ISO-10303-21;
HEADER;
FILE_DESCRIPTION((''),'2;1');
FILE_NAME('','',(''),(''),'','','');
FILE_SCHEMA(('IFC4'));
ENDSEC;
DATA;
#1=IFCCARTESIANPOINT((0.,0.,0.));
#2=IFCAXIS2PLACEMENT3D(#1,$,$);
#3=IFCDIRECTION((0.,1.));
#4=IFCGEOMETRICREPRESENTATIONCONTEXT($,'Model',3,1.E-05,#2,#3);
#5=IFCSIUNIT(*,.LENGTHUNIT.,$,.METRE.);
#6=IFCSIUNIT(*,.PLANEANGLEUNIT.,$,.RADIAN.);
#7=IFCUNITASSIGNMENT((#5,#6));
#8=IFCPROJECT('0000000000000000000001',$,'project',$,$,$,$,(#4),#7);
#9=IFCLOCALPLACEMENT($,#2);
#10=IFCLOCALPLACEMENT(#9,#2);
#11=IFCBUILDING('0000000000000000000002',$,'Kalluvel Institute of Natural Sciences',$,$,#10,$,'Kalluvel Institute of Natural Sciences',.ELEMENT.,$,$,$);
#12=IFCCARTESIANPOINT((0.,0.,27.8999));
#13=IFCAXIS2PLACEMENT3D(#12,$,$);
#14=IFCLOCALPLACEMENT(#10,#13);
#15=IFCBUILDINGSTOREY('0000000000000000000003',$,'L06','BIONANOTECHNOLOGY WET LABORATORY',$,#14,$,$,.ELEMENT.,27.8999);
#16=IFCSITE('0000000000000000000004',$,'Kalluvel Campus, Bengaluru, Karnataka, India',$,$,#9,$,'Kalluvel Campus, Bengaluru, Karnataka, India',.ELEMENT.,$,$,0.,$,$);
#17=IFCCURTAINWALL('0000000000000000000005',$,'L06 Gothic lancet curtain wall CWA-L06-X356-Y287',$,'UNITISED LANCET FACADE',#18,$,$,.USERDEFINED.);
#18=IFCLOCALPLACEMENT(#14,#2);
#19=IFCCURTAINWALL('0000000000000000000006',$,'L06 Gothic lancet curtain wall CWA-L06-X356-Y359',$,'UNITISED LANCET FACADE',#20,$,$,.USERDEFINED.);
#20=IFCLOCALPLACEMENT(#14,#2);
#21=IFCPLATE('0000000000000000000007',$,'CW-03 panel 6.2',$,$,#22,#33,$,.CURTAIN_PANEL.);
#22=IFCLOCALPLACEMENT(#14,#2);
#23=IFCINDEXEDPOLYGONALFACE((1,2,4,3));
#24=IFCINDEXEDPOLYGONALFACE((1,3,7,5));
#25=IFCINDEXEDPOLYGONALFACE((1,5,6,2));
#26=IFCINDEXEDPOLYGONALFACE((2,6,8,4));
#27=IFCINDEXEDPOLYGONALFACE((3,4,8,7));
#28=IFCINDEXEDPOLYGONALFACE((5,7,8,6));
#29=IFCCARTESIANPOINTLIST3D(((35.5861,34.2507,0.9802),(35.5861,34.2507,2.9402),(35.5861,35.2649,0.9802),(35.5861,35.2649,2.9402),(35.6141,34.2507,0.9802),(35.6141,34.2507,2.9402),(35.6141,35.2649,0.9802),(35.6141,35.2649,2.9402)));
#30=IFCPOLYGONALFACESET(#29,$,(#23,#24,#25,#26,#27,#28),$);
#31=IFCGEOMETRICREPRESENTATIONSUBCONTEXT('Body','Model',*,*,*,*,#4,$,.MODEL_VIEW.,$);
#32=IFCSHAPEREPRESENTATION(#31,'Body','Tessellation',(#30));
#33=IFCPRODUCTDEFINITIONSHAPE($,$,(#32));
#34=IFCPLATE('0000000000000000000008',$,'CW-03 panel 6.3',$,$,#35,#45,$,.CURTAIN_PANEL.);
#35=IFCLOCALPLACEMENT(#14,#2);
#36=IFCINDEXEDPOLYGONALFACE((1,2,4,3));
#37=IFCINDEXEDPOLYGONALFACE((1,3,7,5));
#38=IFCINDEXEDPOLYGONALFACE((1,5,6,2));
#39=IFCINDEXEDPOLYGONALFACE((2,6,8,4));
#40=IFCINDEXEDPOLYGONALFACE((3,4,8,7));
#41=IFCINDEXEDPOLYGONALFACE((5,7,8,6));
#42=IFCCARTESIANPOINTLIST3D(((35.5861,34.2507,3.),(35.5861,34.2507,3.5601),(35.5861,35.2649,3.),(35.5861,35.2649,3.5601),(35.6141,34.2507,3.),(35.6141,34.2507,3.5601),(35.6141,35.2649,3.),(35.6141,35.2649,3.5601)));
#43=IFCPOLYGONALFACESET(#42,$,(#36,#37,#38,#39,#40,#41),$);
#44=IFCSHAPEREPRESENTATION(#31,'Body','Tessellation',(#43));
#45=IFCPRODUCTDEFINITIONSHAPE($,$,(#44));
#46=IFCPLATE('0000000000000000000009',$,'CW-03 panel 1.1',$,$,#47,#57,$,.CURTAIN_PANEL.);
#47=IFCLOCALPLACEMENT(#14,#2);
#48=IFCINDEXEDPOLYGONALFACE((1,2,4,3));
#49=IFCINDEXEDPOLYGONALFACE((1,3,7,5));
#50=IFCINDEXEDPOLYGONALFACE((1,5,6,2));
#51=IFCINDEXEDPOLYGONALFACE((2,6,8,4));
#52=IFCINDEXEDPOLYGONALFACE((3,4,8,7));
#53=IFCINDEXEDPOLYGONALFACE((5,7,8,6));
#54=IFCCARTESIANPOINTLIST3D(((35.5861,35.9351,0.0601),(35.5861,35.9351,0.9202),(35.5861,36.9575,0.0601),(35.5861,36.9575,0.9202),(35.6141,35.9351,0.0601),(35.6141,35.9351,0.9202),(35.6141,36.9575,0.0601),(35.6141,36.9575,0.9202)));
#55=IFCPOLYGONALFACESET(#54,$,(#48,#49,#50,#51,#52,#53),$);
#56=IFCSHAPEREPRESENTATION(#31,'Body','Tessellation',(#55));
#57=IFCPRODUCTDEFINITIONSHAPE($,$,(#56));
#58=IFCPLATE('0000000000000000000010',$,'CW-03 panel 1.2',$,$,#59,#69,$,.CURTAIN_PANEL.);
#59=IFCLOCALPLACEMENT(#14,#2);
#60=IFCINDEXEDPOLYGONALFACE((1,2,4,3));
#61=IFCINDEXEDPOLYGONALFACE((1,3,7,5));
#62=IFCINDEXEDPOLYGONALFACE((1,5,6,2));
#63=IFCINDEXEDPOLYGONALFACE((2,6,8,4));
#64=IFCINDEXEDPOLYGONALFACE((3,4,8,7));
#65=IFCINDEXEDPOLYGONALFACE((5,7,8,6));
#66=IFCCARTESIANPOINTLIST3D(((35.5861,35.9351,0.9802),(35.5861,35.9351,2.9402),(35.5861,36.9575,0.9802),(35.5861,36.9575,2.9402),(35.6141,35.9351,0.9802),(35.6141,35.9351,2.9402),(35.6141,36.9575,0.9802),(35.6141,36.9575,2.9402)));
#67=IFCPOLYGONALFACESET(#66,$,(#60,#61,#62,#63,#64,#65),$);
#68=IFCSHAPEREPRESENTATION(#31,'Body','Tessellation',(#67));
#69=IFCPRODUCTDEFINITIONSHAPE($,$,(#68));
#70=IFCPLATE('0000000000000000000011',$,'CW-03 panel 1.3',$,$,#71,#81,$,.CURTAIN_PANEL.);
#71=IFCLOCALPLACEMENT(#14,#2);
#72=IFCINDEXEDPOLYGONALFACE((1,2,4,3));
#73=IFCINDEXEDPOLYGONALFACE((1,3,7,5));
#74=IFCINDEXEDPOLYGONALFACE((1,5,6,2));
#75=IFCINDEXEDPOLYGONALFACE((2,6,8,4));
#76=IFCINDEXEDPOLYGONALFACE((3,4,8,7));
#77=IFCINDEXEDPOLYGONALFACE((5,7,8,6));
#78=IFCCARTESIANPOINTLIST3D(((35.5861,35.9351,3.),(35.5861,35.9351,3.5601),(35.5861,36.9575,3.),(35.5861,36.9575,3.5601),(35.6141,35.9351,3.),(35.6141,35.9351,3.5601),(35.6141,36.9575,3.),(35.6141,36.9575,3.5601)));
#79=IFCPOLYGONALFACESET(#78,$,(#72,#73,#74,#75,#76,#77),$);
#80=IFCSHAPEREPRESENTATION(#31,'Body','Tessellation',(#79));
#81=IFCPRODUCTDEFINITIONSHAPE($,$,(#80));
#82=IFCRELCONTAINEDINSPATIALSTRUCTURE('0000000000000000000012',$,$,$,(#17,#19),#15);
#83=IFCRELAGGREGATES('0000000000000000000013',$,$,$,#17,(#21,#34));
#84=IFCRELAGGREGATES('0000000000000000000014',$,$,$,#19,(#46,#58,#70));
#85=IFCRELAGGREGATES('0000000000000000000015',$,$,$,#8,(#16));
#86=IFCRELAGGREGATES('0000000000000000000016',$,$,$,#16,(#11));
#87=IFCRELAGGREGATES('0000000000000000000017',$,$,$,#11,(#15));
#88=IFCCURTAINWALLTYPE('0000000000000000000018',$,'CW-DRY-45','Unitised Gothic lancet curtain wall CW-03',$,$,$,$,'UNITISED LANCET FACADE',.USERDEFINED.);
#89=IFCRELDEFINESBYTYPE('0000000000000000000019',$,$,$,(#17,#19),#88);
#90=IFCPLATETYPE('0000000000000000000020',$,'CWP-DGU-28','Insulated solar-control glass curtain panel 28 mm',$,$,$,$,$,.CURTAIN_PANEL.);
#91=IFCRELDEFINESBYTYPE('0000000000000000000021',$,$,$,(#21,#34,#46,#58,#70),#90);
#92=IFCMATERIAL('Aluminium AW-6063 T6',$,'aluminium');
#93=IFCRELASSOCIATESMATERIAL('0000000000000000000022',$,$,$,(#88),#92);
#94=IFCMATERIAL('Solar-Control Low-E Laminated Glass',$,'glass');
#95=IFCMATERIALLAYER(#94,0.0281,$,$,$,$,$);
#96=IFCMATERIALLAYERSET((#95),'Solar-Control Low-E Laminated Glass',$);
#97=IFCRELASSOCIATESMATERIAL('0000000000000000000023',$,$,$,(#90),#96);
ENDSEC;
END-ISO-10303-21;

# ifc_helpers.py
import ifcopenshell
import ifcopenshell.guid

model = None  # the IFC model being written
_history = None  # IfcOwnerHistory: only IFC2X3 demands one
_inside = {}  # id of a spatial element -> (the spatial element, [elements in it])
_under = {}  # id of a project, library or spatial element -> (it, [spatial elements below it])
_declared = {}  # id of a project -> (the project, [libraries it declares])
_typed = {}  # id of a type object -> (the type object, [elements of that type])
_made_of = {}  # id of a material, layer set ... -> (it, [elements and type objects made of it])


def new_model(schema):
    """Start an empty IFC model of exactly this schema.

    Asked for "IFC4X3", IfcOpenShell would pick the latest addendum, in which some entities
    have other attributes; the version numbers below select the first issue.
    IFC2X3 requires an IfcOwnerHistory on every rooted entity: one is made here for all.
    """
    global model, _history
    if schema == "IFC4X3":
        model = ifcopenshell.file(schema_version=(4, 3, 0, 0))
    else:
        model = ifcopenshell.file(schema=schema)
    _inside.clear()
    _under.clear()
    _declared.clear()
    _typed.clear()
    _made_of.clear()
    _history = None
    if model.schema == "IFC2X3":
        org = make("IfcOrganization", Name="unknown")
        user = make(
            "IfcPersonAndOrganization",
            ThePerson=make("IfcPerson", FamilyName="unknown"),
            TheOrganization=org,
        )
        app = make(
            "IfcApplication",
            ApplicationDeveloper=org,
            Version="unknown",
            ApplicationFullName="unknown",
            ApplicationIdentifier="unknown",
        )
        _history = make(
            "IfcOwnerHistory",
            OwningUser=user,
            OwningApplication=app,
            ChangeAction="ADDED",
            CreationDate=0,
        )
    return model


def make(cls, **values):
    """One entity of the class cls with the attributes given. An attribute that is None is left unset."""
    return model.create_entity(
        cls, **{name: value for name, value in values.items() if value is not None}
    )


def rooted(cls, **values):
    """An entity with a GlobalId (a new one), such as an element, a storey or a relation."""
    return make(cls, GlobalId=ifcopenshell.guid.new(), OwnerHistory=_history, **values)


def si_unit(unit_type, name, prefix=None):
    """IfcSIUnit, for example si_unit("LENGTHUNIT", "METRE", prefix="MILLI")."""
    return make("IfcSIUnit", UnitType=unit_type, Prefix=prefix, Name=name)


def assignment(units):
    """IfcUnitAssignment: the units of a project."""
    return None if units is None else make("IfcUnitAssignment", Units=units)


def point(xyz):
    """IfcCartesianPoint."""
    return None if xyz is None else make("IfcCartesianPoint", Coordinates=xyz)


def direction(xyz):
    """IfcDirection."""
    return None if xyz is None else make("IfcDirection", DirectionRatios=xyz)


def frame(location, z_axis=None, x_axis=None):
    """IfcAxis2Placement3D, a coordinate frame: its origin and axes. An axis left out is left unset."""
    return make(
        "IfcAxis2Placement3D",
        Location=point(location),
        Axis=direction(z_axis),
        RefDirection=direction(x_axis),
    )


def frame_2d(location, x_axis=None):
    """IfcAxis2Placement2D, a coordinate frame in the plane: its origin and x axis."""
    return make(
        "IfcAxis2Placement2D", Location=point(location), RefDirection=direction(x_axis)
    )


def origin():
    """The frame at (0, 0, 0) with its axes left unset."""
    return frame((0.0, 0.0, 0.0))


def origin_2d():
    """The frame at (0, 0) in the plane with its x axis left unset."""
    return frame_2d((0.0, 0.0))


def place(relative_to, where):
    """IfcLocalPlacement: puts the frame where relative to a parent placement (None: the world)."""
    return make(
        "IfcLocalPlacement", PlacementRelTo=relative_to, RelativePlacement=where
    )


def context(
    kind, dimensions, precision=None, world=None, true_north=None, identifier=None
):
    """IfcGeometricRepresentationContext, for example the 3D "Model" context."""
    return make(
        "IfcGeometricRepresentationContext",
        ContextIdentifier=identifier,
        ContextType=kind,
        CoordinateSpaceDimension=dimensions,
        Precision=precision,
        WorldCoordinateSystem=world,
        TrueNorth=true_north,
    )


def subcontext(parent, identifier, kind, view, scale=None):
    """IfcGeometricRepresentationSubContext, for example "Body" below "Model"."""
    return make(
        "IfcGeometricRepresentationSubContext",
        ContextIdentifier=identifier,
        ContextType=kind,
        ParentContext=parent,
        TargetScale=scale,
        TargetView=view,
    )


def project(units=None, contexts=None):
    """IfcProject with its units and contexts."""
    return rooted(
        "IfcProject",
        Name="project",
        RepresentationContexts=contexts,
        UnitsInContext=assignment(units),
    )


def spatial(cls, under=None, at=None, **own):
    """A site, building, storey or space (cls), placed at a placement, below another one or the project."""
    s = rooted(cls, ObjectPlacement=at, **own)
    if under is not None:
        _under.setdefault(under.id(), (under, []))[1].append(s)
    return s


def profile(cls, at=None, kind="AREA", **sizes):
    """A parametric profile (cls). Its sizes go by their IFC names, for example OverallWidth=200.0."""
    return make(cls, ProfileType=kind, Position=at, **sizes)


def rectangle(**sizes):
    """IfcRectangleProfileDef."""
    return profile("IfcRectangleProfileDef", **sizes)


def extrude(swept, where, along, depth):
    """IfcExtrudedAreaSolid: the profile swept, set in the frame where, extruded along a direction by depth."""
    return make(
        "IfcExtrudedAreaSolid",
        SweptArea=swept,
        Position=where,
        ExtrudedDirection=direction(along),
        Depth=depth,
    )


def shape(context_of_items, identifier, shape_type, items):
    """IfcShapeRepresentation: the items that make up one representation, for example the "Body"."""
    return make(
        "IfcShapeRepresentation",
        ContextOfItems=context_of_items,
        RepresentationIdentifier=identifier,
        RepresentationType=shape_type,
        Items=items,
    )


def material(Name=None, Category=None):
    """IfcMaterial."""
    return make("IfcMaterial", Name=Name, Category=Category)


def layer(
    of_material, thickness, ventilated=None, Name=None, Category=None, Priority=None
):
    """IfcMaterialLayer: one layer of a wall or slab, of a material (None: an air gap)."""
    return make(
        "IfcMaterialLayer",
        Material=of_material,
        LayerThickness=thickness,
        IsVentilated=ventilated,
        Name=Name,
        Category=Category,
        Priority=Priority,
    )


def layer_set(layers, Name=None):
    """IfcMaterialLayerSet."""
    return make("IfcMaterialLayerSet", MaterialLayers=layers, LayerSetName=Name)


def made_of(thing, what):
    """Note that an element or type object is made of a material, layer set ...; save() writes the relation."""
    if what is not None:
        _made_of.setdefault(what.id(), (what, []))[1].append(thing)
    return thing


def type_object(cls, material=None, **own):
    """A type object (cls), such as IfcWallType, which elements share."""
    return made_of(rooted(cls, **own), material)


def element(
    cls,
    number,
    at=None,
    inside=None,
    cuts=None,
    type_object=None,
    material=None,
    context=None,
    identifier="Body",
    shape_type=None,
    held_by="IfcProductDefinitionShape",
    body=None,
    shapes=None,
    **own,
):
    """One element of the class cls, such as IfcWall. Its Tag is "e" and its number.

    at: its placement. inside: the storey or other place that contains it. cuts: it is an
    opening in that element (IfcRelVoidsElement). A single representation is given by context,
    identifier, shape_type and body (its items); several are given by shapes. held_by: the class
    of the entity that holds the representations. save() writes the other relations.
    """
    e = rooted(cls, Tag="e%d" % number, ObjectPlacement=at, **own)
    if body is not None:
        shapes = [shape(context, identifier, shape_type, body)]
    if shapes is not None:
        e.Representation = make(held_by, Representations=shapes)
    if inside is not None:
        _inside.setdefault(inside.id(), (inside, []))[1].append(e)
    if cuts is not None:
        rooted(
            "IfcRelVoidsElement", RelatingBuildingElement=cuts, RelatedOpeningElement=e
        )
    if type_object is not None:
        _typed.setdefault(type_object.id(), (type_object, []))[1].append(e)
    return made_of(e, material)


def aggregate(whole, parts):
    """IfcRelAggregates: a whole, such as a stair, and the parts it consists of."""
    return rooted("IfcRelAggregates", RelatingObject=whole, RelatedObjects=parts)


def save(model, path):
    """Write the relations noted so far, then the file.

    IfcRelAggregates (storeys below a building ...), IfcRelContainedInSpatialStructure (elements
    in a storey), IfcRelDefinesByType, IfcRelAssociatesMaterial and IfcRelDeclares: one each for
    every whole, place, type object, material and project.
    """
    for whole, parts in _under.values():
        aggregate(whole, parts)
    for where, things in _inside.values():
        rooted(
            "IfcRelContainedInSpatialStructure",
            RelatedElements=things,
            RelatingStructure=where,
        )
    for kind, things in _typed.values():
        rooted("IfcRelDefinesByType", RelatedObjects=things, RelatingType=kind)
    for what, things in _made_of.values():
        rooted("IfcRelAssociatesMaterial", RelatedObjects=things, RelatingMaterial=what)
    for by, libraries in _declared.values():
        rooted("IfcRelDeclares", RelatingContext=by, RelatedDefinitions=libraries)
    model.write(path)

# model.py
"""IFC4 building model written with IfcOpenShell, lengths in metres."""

from ifc_helpers import new_model, si_unit, direction, frame, origin, origin_2d, place, context, subcontext, project, spatial, rectangle, extrude, material, layer, layer_set, type_object, element, aggregate, save


model = new_model("IFC4")

# Units and contexts
model_context = context("Model", 3, precision=1e-05, world=origin(), true_north=direction((0.0, 1.0)))
body_context = subcontext(model_context, "Body", "Model", "MODEL_VIEW")
ifc_project = project(units=[si_unit("LENGTHUNIT", "METRE"), si_unit("PLANEANGLEUNIT", "RADIAN")], contexts=[model_context])

# Site, building, storey
site_placement = place(None, origin())
site = spatial("IfcSite", under=ifc_project, at=site_placement, Name="Kalluvel Campus, Bengaluru, Karnataka, India", LongName="Kalluvel Campus, Bengaluru, Karnataka, India", CompositionType="ELEMENT", RefElevation=0.0)
building_placement = place(site_placement, origin())
building = spatial("IfcBuilding", under=site, at=building_placement, Name="Kalluvel Institute of Natural Sciences", LongName="Kalluvel Institute of Natural Sciences", CompositionType="ELEMENT")
storey_placement = place(building_placement, frame((0.0, 0.0, 27.8999)))
storey = spatial("IfcBuildingStorey", under=building, at=storey_placement, Name="L06", Description="BIONANOTECHNOLOGY WET LABORATORY", CompositionType="ELEMENT", Elevation=27.8999)

# Curtain walls
ifc_material_1 = material(Name="Aluminium AW-6063 T6", Category="aluminium")
curtain_wall_type = type_object("IfcCurtainWallType", Name="CW-DRY-45", Description="Unitised Gothic lancet curtain wall CW-03", ElementType="UNITISED LANCET FACADE", PredefinedType="USERDEFINED", material=ifc_material_1)
curtain_wall_1_placement = place(storey_placement, origin())
curtain_wall_1 = element("IfcCurtainWall", 1, at=curtain_wall_1_placement, inside=storey, type_object=curtain_wall_type, Name="L06 Gothic lancet curtain wall CWA-L06-X356-Y287", ObjectType="UNITISED LANCET FACADE", PredefinedType="USERDEFINED")
curtain_wall_2_placement = place(storey_placement, origin())
curtain_wall_2 = element("IfcCurtainWall", 2, at=curtain_wall_2_placement, inside=storey, type_object=curtain_wall_type, Name="L06 Gothic lancet curtain wall CWA-L06-X356-Y359", ObjectType="UNITISED LANCET FACADE", PredefinedType="USERDEFINED")

# Plates
ifc_material_2 = material(Name="Solar-Control Low-E Laminated Glass", Category="glass")
ifc_layer = layer(ifc_material_2, 0.0281)
ifc_layer_set = layer_set([ifc_layer], Name="Solar-Control Low-E Laminated Glass")
plate_type = type_object("IfcPlateType", Name="CWP-DGU-28", Description="Insulated solar-control glass curtain panel 28 mm", PredefinedType="CURTAIN_PANEL", material=ifc_layer_set)
plate_1_placement = place(storey_placement, frame((35.6001, 34.7578, 0.9802), z_axis=(0.0, 0.0, 1.0), x_axis=(0.0, 1.0, 0.0)))
plate_1 = element("IfcPlate", 3, at=plate_1_placement, type_object=plate_type, Name="CW-03 panel 6.2", PredefinedType="CURTAIN_PANEL", context=body_context, shape_type="SweptSolid", body=[
    extrude(rectangle(XDim=1.0142, YDim=0.0281, at=origin_2d()), origin(), (0.0, 0.0, 1.0), 1.96),
])
plate_2_placement = place(storey_placement, frame((35.6001, 34.7578, 3.0), z_axis=(0.0, 0.0, 1.0), x_axis=(0.0, 1.0, 0.0)))
plate_2 = element("IfcPlate", 4, at=plate_2_placement, type_object=plate_type, Name="CW-03 panel 6.3", PredefinedType="CURTAIN_PANEL", context=body_context, shape_type="SweptSolid", body=[
    extrude(rectangle(XDim=1.0142, YDim=0.0281, at=origin_2d()), origin(), (0.0, 0.0, 1.0), 0.5601),
])
aggregate(curtain_wall_1, [plate_1, plate_2])
plate_3_placement = place(storey_placement, frame((35.6001, 36.4463, 0.0601), z_axis=(0.0, 0.0, 1.0), x_axis=(0.0, 1.0, 0.0)))
plate_3 = element("IfcPlate", 5, at=plate_3_placement, type_object=plate_type, Name="CW-03 panel 1.1", PredefinedType="CURTAIN_PANEL", context=body_context, shape_type="SweptSolid", body=[
    extrude(rectangle(XDim=1.0225, YDim=0.0281, at=origin_2d()), origin(), (0.0, 0.0, 1.0), 0.8601),
])
plate_4_placement = place(storey_placement, frame((35.6001, 36.4463, 0.9802), z_axis=(0.0, 0.0, 1.0), x_axis=(0.0, 1.0, 0.0)))
plate_4 = element("IfcPlate", 6, at=plate_4_placement, type_object=plate_type, Name="CW-03 panel 1.2", PredefinedType="CURTAIN_PANEL", context=body_context, shape_type="SweptSolid", body=[
    extrude(rectangle(XDim=1.0225, YDim=0.0281, at=origin_2d()), origin(), (0.0, 0.0, 1.0), 1.96),
])
plate_5_placement = place(storey_placement, frame((35.6001, 36.4463, 3.0), z_axis=(0.0, 0.0, 1.0), x_axis=(0.0, 1.0, 0.0)))
plate_5 = element("IfcPlate", 7, at=plate_5_placement, type_object=plate_type, Name="CW-03 panel 1.3", PredefinedType="CURTAIN_PANEL", context=body_context, shape_type="SweptSolid", body=[
    extrude(rectangle(XDim=1.0225, YDim=0.0281, at=origin_2d()), origin(), (0.0, 0.0, 1.0), 0.5601),
])
aggregate(curtain_wall_2, [plate_3, plate_4, plate_5])

save(model, "model.ifc")
